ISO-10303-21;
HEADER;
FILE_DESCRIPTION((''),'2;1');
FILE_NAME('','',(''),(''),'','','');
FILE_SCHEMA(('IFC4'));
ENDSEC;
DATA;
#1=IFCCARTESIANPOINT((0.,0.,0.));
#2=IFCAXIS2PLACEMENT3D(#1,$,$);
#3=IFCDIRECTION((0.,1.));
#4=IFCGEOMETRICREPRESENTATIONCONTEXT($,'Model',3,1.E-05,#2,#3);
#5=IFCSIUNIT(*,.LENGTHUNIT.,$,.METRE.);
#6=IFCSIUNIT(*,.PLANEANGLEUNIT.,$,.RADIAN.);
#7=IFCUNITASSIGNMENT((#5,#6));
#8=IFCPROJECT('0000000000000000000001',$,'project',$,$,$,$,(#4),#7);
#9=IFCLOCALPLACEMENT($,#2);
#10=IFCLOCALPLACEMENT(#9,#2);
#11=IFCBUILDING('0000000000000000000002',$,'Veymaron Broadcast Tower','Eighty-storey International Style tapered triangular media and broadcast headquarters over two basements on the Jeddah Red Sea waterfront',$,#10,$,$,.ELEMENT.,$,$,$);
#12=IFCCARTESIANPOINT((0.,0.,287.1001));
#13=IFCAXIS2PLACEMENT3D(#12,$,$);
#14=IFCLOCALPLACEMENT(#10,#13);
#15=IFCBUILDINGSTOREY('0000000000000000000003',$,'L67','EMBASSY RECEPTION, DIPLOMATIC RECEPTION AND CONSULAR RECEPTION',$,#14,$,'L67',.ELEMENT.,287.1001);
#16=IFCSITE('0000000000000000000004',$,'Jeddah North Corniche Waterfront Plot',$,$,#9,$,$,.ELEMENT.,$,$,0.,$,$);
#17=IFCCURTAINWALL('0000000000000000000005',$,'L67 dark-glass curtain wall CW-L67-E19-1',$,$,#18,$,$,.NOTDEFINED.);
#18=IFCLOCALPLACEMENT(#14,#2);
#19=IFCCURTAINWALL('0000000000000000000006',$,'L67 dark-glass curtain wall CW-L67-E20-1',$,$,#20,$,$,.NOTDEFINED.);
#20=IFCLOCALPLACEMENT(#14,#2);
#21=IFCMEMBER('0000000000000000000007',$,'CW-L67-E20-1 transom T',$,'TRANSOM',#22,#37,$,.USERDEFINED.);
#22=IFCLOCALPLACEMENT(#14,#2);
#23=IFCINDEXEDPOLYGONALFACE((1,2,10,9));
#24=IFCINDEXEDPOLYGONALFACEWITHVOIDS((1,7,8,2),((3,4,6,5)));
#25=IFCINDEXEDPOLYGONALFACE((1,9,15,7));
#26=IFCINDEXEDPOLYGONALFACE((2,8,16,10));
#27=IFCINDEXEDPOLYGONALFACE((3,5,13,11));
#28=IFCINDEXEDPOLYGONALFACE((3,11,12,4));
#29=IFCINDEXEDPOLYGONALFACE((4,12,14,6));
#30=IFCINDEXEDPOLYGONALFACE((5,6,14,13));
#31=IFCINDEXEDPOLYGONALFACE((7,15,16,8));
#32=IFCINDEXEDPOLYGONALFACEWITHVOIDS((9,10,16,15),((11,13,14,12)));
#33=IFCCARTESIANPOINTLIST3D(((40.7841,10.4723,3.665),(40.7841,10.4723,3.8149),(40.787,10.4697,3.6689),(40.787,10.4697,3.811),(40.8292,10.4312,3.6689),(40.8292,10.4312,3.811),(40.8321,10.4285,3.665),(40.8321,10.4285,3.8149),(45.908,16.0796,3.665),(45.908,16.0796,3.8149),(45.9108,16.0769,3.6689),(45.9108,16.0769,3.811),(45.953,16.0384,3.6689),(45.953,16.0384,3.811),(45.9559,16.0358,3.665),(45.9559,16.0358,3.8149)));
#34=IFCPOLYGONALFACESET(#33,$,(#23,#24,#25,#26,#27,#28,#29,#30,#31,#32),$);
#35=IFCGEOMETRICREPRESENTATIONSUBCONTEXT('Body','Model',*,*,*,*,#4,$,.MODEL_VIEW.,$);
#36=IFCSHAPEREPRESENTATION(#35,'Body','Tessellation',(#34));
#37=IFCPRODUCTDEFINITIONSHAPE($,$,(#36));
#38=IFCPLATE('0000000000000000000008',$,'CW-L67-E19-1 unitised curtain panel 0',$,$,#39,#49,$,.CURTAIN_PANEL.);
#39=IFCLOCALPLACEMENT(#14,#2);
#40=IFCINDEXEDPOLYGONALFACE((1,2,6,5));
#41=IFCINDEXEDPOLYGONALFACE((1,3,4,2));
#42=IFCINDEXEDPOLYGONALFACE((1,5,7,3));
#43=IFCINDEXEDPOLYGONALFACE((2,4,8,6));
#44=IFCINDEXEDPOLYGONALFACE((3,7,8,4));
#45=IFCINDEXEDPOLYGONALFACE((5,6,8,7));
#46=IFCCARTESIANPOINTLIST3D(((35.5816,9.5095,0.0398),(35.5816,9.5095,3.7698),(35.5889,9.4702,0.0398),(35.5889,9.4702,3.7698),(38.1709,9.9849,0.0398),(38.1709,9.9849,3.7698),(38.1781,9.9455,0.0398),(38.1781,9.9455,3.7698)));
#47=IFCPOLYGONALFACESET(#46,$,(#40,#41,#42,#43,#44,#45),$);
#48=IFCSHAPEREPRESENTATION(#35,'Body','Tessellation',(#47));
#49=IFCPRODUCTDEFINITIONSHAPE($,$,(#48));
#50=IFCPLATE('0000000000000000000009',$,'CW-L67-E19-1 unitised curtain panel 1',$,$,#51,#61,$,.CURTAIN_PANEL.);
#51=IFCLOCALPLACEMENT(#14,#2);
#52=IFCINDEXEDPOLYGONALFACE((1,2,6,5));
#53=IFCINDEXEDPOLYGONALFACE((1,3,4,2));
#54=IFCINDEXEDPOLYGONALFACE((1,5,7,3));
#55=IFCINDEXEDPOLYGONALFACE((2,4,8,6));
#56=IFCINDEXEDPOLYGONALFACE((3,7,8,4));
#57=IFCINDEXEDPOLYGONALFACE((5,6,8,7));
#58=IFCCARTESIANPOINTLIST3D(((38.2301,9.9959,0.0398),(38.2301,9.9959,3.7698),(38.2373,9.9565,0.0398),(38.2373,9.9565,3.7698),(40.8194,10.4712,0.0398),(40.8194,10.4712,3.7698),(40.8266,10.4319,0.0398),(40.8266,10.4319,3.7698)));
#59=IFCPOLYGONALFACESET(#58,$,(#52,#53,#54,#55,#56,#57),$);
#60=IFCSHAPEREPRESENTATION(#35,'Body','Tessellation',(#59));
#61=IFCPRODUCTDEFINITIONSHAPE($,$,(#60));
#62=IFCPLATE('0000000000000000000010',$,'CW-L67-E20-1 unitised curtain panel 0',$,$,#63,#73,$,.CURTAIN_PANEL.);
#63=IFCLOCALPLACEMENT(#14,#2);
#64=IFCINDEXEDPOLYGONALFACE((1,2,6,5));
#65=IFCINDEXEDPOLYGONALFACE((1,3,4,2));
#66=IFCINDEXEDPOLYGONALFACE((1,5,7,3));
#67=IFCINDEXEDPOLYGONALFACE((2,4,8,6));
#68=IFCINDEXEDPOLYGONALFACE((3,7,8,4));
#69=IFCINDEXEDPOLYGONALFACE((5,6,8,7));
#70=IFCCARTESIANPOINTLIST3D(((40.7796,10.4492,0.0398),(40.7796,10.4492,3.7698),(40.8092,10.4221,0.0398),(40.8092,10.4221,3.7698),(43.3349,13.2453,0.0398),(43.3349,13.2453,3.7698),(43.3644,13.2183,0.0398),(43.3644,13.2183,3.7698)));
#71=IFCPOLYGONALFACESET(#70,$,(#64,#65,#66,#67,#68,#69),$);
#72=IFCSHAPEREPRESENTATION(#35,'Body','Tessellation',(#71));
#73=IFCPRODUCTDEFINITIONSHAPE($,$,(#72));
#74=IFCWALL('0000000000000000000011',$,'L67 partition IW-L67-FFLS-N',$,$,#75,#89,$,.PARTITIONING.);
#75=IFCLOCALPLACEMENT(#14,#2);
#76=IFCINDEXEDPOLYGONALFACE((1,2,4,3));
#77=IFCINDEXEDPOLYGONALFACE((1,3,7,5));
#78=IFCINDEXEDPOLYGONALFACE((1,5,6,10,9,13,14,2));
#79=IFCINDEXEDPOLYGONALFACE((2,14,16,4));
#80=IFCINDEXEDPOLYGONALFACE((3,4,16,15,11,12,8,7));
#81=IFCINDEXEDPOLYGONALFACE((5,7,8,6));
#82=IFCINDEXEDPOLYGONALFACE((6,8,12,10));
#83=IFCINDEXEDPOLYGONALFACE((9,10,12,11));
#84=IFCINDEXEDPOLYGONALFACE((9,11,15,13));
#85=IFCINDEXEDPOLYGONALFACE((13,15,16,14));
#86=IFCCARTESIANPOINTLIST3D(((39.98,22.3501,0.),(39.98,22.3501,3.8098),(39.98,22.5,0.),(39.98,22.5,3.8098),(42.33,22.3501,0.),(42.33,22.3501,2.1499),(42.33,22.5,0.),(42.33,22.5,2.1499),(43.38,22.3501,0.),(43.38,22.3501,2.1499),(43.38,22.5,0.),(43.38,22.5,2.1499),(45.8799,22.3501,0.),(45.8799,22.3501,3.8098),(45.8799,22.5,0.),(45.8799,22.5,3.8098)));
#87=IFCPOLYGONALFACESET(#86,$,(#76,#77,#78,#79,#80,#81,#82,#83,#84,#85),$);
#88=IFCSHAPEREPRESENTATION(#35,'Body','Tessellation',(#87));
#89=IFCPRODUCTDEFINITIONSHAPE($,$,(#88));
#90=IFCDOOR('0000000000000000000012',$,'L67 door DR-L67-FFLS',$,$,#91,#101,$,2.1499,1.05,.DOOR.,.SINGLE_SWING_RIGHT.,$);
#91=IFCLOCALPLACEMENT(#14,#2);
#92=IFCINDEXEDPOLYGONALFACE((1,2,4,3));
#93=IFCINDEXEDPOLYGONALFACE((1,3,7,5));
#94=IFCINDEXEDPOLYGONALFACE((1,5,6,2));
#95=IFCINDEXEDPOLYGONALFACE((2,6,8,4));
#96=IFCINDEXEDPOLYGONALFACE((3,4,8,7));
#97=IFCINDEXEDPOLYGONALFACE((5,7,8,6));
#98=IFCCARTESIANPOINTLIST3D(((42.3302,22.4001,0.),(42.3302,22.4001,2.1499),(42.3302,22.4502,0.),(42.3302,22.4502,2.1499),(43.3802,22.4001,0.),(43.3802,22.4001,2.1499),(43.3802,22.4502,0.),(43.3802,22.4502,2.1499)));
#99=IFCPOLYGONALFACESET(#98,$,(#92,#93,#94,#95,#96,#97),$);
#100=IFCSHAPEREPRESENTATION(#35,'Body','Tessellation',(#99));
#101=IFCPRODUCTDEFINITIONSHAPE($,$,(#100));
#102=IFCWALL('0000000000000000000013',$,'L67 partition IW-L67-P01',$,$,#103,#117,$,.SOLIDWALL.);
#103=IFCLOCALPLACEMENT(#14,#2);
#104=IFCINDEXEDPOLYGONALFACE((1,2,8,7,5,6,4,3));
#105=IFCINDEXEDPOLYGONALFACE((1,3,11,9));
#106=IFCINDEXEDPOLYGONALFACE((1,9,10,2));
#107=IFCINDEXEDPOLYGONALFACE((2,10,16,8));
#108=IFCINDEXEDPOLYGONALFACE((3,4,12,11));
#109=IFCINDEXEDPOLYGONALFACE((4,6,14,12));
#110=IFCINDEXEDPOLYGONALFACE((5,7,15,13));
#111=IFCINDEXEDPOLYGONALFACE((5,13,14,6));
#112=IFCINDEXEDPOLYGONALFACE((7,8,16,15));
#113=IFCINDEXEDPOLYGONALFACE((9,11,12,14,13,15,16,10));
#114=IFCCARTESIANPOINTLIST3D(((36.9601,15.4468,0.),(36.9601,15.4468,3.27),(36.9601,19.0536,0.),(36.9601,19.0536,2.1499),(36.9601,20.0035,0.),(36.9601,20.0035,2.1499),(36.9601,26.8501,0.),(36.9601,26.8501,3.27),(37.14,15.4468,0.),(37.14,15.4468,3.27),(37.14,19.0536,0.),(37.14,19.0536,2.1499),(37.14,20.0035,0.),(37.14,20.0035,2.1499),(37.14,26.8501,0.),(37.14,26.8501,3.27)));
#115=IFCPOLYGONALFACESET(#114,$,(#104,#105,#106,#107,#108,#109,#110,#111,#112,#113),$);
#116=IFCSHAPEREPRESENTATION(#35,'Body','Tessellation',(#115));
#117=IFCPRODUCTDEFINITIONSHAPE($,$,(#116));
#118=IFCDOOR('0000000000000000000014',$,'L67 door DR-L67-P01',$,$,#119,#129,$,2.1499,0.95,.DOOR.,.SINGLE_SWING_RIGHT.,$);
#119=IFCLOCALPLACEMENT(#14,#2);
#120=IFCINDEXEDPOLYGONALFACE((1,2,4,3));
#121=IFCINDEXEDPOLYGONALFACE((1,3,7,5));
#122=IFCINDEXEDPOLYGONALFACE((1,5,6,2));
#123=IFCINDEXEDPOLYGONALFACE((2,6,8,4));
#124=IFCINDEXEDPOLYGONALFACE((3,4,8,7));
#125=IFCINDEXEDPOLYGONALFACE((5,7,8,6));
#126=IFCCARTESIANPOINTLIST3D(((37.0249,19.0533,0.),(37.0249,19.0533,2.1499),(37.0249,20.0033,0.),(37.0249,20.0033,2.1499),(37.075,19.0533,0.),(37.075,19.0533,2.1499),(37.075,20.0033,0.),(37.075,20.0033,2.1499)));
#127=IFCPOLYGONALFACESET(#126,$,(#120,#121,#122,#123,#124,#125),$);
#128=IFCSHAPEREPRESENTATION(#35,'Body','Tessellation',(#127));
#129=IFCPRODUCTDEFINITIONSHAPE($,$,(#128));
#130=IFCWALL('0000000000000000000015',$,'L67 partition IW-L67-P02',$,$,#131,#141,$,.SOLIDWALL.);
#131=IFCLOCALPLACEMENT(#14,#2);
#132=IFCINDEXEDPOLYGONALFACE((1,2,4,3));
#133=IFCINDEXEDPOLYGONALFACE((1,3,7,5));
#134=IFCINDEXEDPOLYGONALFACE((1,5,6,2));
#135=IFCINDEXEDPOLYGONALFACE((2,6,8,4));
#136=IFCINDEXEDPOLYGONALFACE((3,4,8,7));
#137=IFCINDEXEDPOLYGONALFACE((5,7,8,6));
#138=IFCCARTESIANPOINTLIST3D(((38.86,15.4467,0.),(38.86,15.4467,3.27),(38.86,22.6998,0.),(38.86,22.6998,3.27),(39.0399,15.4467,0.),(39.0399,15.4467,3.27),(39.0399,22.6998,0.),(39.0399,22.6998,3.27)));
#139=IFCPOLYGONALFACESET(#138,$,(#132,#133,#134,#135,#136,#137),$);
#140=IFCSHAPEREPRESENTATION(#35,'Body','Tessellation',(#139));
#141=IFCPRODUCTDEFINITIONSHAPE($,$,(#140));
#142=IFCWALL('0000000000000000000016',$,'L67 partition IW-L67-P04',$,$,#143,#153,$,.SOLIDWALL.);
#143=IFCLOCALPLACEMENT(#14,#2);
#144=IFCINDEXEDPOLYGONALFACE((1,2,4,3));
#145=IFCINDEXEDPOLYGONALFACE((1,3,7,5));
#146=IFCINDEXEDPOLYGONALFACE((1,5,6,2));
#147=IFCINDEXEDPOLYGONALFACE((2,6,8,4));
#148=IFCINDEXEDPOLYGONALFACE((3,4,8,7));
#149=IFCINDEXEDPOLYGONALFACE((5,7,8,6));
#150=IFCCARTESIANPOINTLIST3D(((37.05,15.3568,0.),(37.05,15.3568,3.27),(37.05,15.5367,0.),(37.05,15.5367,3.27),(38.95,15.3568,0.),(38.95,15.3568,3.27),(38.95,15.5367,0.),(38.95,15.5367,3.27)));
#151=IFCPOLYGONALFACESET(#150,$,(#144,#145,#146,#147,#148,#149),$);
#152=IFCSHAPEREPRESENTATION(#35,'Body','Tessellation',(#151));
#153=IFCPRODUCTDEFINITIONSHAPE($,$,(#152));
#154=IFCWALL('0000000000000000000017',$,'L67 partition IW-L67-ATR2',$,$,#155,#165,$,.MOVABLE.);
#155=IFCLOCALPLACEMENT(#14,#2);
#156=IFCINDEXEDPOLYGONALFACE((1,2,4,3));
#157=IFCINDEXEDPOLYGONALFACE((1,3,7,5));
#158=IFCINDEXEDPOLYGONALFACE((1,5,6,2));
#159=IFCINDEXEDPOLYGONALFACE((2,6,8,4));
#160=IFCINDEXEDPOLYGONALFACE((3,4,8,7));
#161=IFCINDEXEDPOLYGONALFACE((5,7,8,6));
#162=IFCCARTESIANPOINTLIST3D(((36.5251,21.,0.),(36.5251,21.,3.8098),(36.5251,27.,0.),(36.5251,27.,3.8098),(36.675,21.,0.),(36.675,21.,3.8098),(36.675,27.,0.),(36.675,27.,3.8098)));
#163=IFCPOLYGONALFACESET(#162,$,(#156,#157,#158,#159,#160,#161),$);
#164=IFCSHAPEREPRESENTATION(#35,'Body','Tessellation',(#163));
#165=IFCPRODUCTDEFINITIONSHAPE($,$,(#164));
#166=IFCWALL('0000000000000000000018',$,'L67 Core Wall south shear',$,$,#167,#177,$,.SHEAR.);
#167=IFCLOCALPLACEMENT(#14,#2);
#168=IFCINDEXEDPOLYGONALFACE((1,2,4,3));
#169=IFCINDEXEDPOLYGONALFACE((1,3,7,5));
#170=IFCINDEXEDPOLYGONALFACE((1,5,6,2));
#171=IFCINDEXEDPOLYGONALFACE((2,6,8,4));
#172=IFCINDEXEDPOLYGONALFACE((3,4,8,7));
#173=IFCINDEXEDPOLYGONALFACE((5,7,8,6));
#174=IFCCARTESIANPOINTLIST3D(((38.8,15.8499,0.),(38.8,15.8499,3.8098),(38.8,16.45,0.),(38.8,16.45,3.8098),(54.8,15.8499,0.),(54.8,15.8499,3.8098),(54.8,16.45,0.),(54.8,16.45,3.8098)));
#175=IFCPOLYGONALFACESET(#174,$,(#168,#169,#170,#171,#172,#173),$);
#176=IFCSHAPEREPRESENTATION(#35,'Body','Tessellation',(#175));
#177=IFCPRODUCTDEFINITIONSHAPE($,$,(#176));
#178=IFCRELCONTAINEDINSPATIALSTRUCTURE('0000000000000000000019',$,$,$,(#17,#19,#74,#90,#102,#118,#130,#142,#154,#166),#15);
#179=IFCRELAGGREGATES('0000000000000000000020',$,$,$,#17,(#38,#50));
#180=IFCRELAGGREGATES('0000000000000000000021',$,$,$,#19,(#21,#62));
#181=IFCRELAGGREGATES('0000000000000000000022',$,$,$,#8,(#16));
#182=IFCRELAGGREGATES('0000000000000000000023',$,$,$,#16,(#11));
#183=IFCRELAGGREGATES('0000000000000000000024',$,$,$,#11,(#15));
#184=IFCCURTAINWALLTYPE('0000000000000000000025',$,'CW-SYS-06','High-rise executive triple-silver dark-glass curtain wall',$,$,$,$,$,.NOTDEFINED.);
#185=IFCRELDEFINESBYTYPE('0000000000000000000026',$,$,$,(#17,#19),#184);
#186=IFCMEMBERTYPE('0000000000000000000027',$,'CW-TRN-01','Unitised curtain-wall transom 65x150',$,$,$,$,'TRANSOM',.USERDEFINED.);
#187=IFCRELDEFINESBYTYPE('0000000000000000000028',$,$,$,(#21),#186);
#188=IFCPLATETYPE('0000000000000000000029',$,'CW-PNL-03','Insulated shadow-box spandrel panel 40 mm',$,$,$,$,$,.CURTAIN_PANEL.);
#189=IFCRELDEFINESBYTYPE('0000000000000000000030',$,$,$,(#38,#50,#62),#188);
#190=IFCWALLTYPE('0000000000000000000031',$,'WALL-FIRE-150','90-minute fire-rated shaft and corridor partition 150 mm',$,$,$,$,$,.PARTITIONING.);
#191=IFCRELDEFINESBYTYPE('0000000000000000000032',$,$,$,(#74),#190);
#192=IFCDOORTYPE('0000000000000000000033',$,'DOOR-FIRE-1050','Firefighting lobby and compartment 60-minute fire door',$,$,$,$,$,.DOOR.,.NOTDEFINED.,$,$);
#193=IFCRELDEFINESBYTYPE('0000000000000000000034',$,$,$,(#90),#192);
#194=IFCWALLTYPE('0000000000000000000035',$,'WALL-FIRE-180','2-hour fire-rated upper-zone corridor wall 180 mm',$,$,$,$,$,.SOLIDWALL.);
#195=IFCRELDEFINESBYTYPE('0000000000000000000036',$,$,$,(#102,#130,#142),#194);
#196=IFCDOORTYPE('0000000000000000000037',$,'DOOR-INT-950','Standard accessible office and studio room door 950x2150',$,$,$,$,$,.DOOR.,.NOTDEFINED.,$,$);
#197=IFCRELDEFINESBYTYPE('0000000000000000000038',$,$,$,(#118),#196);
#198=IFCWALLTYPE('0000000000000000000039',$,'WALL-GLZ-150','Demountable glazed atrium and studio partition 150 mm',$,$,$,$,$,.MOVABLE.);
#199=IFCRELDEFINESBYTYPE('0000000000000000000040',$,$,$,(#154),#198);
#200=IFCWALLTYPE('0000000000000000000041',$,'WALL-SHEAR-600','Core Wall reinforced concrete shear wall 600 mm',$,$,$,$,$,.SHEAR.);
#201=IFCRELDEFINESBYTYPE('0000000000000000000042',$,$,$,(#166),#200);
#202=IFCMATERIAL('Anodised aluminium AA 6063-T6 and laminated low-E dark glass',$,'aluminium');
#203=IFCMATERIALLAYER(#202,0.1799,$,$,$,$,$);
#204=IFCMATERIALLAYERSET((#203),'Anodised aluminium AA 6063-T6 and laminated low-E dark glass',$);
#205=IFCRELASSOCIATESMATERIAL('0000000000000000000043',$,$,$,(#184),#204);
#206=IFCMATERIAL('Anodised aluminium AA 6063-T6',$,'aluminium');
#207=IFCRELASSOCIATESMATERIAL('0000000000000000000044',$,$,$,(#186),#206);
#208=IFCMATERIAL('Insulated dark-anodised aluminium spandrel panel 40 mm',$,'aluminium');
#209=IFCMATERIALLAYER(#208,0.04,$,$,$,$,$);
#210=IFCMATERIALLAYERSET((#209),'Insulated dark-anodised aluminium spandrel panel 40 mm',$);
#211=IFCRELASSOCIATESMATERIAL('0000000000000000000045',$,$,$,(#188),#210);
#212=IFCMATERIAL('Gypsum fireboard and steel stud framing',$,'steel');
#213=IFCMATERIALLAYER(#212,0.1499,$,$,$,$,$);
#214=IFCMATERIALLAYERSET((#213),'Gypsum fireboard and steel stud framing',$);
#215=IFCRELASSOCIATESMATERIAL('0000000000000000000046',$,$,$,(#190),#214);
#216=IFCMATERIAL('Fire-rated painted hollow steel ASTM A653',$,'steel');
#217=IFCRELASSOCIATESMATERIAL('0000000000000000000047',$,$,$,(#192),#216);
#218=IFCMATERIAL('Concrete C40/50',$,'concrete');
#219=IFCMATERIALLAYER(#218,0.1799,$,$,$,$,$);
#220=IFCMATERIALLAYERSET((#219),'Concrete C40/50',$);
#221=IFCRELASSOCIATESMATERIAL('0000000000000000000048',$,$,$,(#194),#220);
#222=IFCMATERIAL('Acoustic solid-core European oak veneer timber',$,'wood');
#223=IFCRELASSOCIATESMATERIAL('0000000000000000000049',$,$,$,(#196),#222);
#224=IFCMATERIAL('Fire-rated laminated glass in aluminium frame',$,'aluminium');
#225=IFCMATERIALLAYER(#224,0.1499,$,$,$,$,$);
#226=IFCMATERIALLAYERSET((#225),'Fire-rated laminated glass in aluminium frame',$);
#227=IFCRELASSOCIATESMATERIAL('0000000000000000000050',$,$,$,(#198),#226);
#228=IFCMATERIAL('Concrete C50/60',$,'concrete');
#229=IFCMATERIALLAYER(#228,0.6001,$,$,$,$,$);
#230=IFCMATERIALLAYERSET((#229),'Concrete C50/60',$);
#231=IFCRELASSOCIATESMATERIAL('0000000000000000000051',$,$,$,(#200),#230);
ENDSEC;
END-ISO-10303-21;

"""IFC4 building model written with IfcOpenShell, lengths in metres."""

from ifc_helpers import new_model, si_unit, direction, frame, frame_2d, origin, origin_2d, place, context, subcontext, project, spatial, rectangle, hollow_rectangle, extrude, material, layer, layer_set, material_profile, profile_set, type_object, element, fill, aggregate, save


model = new_model("IFC4")

# Units and contexts
model_context = context("Model", 3, precision=1e-05, world=origin(), true_north=direction((0.0, 1.0)))
body_context = subcontext(model_context, "Body", "Model", "MODEL_VIEW")
ifc_project = project(units=[si_unit("LENGTHUNIT", "METRE"), si_unit("PLANEANGLEUNIT", "RADIAN")], contexts=[model_context])

# Site, building, storey
site_placement = place(None, origin())
site = spatial("IfcSite", under=ifc_project, at=site_placement, Name="Jeddah North Corniche Waterfront Plot", CompositionType="ELEMENT", RefElevation=0.0)
building_placement = place(site_placement, origin())
building = spatial("IfcBuilding", under=site, at=building_placement, Name="Veymaron Broadcast Tower", Description="Eighty-storey International Style tapered triangular media and broadcast headquarters over two basements on the Jeddah Red Sea waterfront", CompositionType="ELEMENT")
storey_placement = place(building_placement, frame((0.0, 0.0, 287.1001)))
storey = spatial("IfcBuildingStorey", under=building, at=storey_placement, Name="L67", Description="EMBASSY RECEPTION, DIPLOMATIC RECEPTION AND CONSULAR RECEPTION", LongName="L67", CompositionType="ELEMENT", Elevation=287.1001)

# Curtain walls, member
ifc_material_1 = material(Name="Anodised aluminium AA 6063-T6 and laminated low-E dark glass", Category="aluminium")
ifc_layer_1 = layer(ifc_material_1, 0.1799)
ifc_layer_set_1 = layer_set([ifc_layer_1], Name="Anodised aluminium AA 6063-T6 and laminated low-E dark glass")
curtain_wall_type = type_object("IfcCurtainWallType", Name="CW-SYS-06", Description="High-rise executive triple-silver dark-glass curtain wall", PredefinedType="NOTDEFINED", material=ifc_layer_set_1)
curtain_wall_1_placement = place(storey_placement, origin())
curtain_wall_1 = element("IfcCurtainWall", 1, at=curtain_wall_1_placement, inside=storey, type_object=curtain_wall_type, Name="L67 dark-glass curtain wall CW-L67-E19-1", PredefinedType="NOTDEFINED")
ifc_material_2 = material(Name="Anodised aluminium AA 6063-T6", Category="aluminium")
curtain_wall_2_placement = place(storey_placement, origin())
curtain_wall_2 = element("IfcCurtainWall", 2, at=curtain_wall_2_placement, inside=storey, type_object=curtain_wall_type, Name="L67 dark-glass curtain wall CW-L67-E20-1", PredefinedType="NOTDEFINED")
ifc_material_profile_1 = material_profile(ifc_material_2, hollow_rectangle(XDim=0.0649, YDim=0.1499, WallThickness=0.0039, at=origin_2d()), Name="AL150X65X4")
ifc_profile_set_1 = profile_set([ifc_material_profile_1], Name="Anodised aluminium AA 6063-T6")
member_type_1 = type_object("IfcMemberType", Name="CW-TRN-01", Description="Unitised curtain-wall transom 65x150", ElementType="TRANSOM", PredefinedType="USERDEFINED", material=ifc_profile_set_1)
member_1_placement = place(storey_placement, frame((40.8081, 10.4504, 3.74), z_axis=(0.67457, 0.738211, 0.0), x_axis=(-0.738211, 0.67457, 0.0)))
member_1 = element("IfcMember", 3, at=member_1_placement, type_object=member_type_1, Name="CW-L67-E20-1 transom T", ObjectType="TRANSOM", PredefinedType="USERDEFINED", context=body_context, shape_type="SweptSolid", body=[
    extrude(hollow_rectangle(XDim=0.0649, YDim=0.1499, WallThickness=0.0039, at=origin_2d()), origin(), (0.0, 0.0, 1.0), 7.5957),
])

# Plates
ifc_material_3 = material(Name="Insulated dark-anodised aluminium spandrel panel 40 mm", Category="aluminium")
ifc_layer_2 = layer(ifc_material_3, 0.04)
ifc_layer_set_2 = layer_set([ifc_layer_2], Name="Insulated dark-anodised aluminium spandrel panel 40 mm")
plate_type = type_object("IfcPlateType", Name="CW-PNL-03", Description="Insulated shadow-box spandrel panel 40 mm", PredefinedType="CURTAIN_PANEL", material=ifc_layer_set_2)
plate_1_placement = place(storey_placement, frame((36.8799, 9.7275, 0.0398), z_axis=(0.0, 0.0, 1.0), x_axis=(0.983562, 0.180571, 0.0)))
plate_1 = element("IfcPlate", 4, at=plate_1_placement, type_object=plate_type, Name="CW-L67-E19-1 unitised curtain panel 0", PredefinedType="CURTAIN_PANEL", context=body_context, shape_type="SweptSolid", body=[
    extrude(rectangle(XDim=2.6326, YDim=0.04, at=origin_2d()), origin(), (0.0, 0.0, 1.0), 3.73),
])
plate_2_placement = place(storey_placement, frame((39.5283, 10.2139, 0.0398), z_axis=(0.0, 0.0, 1.0), x_axis=(0.983562, 0.180571, 0.0)))
plate_2 = element("IfcPlate", 5, at=plate_2_placement, type_object=plate_type, Name="CW-L67-E19-1 unitised curtain panel 1", PredefinedType="CURTAIN_PANEL", context=body_context, shape_type="SweptSolid", body=[
    extrude(rectangle(XDim=2.6326, YDim=0.04, at=origin_2d()), origin(), (0.0, 0.0, 1.0), 3.73),
])
aggregate(curtain_wall_1, [plate_1, plate_2])
plate_3_placement = place(storey_placement, frame((42.072, 11.8337, 0.0398), z_axis=(0.0, 0.0, 1.0), x_axis=(0.674586, 0.738196, 0.0)))
plate_3 = element("IfcPlate", 6, at=plate_3_placement, type_object=plate_type, Name="CW-L67-E20-1 unitised curtain panel 0", PredefinedType="CURTAIN_PANEL", context=body_context, shape_type="SweptSolid", body=[
    extrude(rectangle(XDim=3.7878, YDim=0.04, at=origin_2d()), origin(), (0.0, 0.0, 1.0), 3.73),
])
aggregate(curtain_wall_2, [member_1, plate_3])

# Walls, openings, doors
ifc_material_4 = material(Name="Gypsum fireboard and steel stud framing", Category="steel")
ifc_layer_3 = layer(ifc_material_4, 0.1499)
ifc_layer_set_3 = layer_set([ifc_layer_3], Name="Gypsum fireboard and steel stud framing")
wall_type_1 = type_object("IfcWallType", Name="WALL-FIRE-150", Description="90-minute fire-rated shaft and corridor partition 150 mm", PredefinedType="PARTITIONING", material=ifc_layer_set_3)
wall_1_placement = place(storey_placement, frame((39.98, 22.425, 0.0), z_axis=(0.0, 0.0, 1.0), x_axis=(1.0, 0.0, 0.0)))
wall_1 = element("IfcWall", 7, at=wall_1_placement, inside=storey, type_object=wall_type_1, Name="L67 partition IW-L67-FFLS-N", PredefinedType="PARTITIONING", context=body_context, shape_type="SweptSolid", body=[
    extrude(rectangle(XDim=5.8999, YDim=0.1499, at=frame_2d((2.95, 0.0))), origin(), (0.0, 0.0, 1.0), 3.8098),
])
opening_1_placement = place(wall_1_placement, frame((2.3501, 0.0, 0.0)))
opening_1 = element("IfcOpeningElement", 8, at=opening_1_placement, cuts=wall_1, PredefinedType="OPENING", context=body_context, shape_type="SweptSolid", body=[
    extrude(rectangle(XDim=1.05, YDim=2.1499, at=frame_2d((0.5249, 1.075))), frame((0.0, 0.085, 0.0), z_axis=(0.0, -1.0, 0.0), x_axis=(1.0, 0.0, 0.0)), (0.0, 0.0, 1.0), 0.1699),
])
ifc_material_5 = material(Name="Fire-rated painted hollow steel ASTM A653", Category="steel")
door_type_1 = type_object("IfcDoorType", Name="DOOR-FIRE-1050", Description="Firefighting lobby and compartment 60-minute fire door", OperationType="NOTDEFINED", PredefinedType="DOOR", material=ifc_material_5)
door_1_placement = place(opening_1_placement, frame((1.05, 0.0, 0.0), z_axis=(0.0, 0.0, 1.0), x_axis=(-1.0, 0.0, 0.0)))
door_1 = element("IfcDoor", 9, at=door_1_placement, inside=storey, type_object=door_type_1, Name="L67 door DR-L67-FFLS", OperationType="SINGLE_SWING_RIGHT", OverallHeight=2.1499, OverallWidth=1.05, PredefinedType="DOOR", context=body_context, shape_type="SweptSolid", body=[
    extrude(rectangle(XDim=1.05, YDim=2.1499, at=frame_2d((0.5249, 1.075))), frame((0.0, 0.0249, 0.0), z_axis=(0.0, -1.0, 0.0), x_axis=(1.0, 0.0, 0.0)), (0.0, 0.0, 1.0), 0.05),
])
fill(opening_1, door_1)
ifc_material_6 = material(Name="Concrete C40/50", Category="concrete")
ifc_layer_4 = layer(ifc_material_6, 0.1799)
ifc_layer_set_4 = layer_set([ifc_layer_4], Name="Concrete C40/50")
wall_type_2 = type_object("IfcWallType", Name="WALL-FIRE-180", Description="2-hour fire-rated upper-zone corridor wall 180 mm", PredefinedType="SOLIDWALL", material=ifc_layer_set_4)
wall_2_placement = place(storey_placement, frame((37.05, 15.4468, 0.0), z_axis=(0.0, 0.0, 1.0), x_axis=(0.0, 1.0, 0.0)))
wall_2 = element("IfcWall", 10, at=wall_2_placement, inside=storey, type_object=wall_type_2, Name="L67 partition IW-L67-P01", PredefinedType="SOLIDWALL", context=body_context, shape_type="SweptSolid", body=[
    extrude(rectangle(XDim=11.4033, YDim=0.1799, at=frame_2d((5.7017, 0.0))), origin(), (0.0, 0.0, 1.0), 3.27),
])
opening_2_placement = place(wall_2_placement, frame((3.6067, 0.0, 0.0)))
opening_2 = element("IfcOpeningElement", 11, at=opening_2_placement, cuts=wall_2, PredefinedType="OPENING", context=body_context, shape_type="SweptSolid", body=[
    extrude(rectangle(XDim=0.95, YDim=2.1499, at=frame_2d((0.4751, 1.075))), frame((0.0, 0.1001, 0.0), z_axis=(0.0, -1.0, 0.0), x_axis=(1.0, 0.0, 0.0)), (0.0, 0.0, 1.0), 0.2),
])
ifc_material_7 = material(Name="Acoustic solid-core European oak veneer timber", Category="wood")
door_type_2 = type_object("IfcDoorType", Name="DOOR-INT-950", Description="Standard accessible office and studio room door 950x2150", OperationType="NOTDEFINED", PredefinedType="DOOR", material=ifc_material_7)
door_2_placement = place(opening_2_placement, frame((0.95, 0.0, 0.0), z_axis=(0.0, 0.0, 1.0), x_axis=(-1.0, 0.0, 0.0)))
door_2 = element("IfcDoor", 12, at=door_2_placement, inside=storey, type_object=door_type_2, Name="L67 door DR-L67-P01", OperationType="SINGLE_SWING_RIGHT", OverallHeight=2.1499, OverallWidth=0.95, PredefinedType="DOOR", context=body_context, shape_type="SweptSolid", body=[
    extrude(rectangle(XDim=0.95, YDim=2.1499, at=frame_2d((0.4751, 1.075))), frame((0.0, 0.0249, 0.0), z_axis=(0.0, -1.0, 0.0), x_axis=(1.0, 0.0, 0.0)), (0.0, 0.0, 1.0), 0.05),
])
fill(opening_2, door_2)

# Walls
wall_3_placement = place(storey_placement, frame((38.95, 15.4468, 0.0), z_axis=(0.0, 0.0, 1.0), x_axis=(0.0, 1.0, 0.0)))
element("IfcWall", 13, at=wall_3_placement, inside=storey, type_object=wall_type_2, Name="L67 partition IW-L67-P02", PredefinedType="SOLIDWALL", context=body_context, shape_type="SweptSolid", body=[
    extrude(rectangle(XDim=7.2532, YDim=0.1799, at=frame_2d((3.6265, 0.0))), origin(), (0.0, 0.0, 1.0), 3.27),
])
wall_4_placement = place(storey_placement, frame((37.05, 15.4468, 0.0), z_axis=(0.0, 0.0, 1.0), x_axis=(1.0, 0.0, 0.0)))
element("IfcWall", 14, at=wall_4_placement, inside=storey, type_object=wall_type_2, Name="L67 partition IW-L67-P04", PredefinedType="SOLIDWALL", context=body_context, shape_type="SweptSolid", body=[
    extrude(rectangle(XDim=1.8999, YDim=0.1799, at=frame_2d((0.95, 0.0))), origin(), (0.0, 0.0, 1.0), 3.27),
])
ifc_material_8 = material(Name="Fire-rated laminated glass in aluminium frame", Category="aluminium")
ifc_layer_5 = layer(ifc_material_8, 0.1499)
ifc_layer_set_5 = layer_set([ifc_layer_5], Name="Fire-rated laminated glass in aluminium frame")
wall_type_3 = type_object("IfcWallType", Name="WALL-GLZ-150", Description="Demountable glazed atrium and studio partition 150 mm", PredefinedType="MOVABLE", material=ifc_layer_set_5)
wall_5_placement = place(storey_placement, frame((36.6001, 21.0, 0.0), z_axis=(0.0, 0.0, 1.0), x_axis=(0.0, 1.0, 0.0)))
element("IfcWall", 15, at=wall_5_placement, inside=storey, type_object=wall_type_3, Name="L67 partition IW-L67-ATR2", PredefinedType="MOVABLE", context=body_context, shape_type="SweptSolid", body=[
    extrude(rectangle(XDim=6.0, YDim=0.1499, at=frame_2d((3.0, 0.0))), origin(), (0.0, 0.0, 1.0), 3.8098),
])

# Shared definitions
ifc_material_9 = material(Name="Concrete C50/60", Category="concrete")

# Wall
ifc_layer_6 = layer(ifc_material_9, 0.6001)
ifc_layer_set_6 = layer_set([ifc_layer_6], Name="Concrete C50/60")
wall_type_4 = type_object("IfcWallType", Name="WALL-SHEAR-600", Description="Core Wall reinforced concrete shear wall 600 mm", PredefinedType="SHEAR", material=ifc_layer_set_6)
wall_6_placement = place(storey_placement, frame((38.8, 16.1499, 0.0), z_axis=(0.0, 0.0, 1.0), x_axis=(1.0, 0.0, 0.0)))
element("IfcWall", 16, at=wall_6_placement, inside=storey, type_object=wall_type_4, Name="L67 Core Wall south shear", PredefinedType="SHEAR", context=body_context, shape_type="SweptSolid", body=[
    extrude(rectangle(XDim=16.0, YDim=0.6001, at=frame_2d((8.0, 0.0))), origin(), (0.0, 0.0, 1.0), 3.8098),
])

save(model, "model.ifc")
